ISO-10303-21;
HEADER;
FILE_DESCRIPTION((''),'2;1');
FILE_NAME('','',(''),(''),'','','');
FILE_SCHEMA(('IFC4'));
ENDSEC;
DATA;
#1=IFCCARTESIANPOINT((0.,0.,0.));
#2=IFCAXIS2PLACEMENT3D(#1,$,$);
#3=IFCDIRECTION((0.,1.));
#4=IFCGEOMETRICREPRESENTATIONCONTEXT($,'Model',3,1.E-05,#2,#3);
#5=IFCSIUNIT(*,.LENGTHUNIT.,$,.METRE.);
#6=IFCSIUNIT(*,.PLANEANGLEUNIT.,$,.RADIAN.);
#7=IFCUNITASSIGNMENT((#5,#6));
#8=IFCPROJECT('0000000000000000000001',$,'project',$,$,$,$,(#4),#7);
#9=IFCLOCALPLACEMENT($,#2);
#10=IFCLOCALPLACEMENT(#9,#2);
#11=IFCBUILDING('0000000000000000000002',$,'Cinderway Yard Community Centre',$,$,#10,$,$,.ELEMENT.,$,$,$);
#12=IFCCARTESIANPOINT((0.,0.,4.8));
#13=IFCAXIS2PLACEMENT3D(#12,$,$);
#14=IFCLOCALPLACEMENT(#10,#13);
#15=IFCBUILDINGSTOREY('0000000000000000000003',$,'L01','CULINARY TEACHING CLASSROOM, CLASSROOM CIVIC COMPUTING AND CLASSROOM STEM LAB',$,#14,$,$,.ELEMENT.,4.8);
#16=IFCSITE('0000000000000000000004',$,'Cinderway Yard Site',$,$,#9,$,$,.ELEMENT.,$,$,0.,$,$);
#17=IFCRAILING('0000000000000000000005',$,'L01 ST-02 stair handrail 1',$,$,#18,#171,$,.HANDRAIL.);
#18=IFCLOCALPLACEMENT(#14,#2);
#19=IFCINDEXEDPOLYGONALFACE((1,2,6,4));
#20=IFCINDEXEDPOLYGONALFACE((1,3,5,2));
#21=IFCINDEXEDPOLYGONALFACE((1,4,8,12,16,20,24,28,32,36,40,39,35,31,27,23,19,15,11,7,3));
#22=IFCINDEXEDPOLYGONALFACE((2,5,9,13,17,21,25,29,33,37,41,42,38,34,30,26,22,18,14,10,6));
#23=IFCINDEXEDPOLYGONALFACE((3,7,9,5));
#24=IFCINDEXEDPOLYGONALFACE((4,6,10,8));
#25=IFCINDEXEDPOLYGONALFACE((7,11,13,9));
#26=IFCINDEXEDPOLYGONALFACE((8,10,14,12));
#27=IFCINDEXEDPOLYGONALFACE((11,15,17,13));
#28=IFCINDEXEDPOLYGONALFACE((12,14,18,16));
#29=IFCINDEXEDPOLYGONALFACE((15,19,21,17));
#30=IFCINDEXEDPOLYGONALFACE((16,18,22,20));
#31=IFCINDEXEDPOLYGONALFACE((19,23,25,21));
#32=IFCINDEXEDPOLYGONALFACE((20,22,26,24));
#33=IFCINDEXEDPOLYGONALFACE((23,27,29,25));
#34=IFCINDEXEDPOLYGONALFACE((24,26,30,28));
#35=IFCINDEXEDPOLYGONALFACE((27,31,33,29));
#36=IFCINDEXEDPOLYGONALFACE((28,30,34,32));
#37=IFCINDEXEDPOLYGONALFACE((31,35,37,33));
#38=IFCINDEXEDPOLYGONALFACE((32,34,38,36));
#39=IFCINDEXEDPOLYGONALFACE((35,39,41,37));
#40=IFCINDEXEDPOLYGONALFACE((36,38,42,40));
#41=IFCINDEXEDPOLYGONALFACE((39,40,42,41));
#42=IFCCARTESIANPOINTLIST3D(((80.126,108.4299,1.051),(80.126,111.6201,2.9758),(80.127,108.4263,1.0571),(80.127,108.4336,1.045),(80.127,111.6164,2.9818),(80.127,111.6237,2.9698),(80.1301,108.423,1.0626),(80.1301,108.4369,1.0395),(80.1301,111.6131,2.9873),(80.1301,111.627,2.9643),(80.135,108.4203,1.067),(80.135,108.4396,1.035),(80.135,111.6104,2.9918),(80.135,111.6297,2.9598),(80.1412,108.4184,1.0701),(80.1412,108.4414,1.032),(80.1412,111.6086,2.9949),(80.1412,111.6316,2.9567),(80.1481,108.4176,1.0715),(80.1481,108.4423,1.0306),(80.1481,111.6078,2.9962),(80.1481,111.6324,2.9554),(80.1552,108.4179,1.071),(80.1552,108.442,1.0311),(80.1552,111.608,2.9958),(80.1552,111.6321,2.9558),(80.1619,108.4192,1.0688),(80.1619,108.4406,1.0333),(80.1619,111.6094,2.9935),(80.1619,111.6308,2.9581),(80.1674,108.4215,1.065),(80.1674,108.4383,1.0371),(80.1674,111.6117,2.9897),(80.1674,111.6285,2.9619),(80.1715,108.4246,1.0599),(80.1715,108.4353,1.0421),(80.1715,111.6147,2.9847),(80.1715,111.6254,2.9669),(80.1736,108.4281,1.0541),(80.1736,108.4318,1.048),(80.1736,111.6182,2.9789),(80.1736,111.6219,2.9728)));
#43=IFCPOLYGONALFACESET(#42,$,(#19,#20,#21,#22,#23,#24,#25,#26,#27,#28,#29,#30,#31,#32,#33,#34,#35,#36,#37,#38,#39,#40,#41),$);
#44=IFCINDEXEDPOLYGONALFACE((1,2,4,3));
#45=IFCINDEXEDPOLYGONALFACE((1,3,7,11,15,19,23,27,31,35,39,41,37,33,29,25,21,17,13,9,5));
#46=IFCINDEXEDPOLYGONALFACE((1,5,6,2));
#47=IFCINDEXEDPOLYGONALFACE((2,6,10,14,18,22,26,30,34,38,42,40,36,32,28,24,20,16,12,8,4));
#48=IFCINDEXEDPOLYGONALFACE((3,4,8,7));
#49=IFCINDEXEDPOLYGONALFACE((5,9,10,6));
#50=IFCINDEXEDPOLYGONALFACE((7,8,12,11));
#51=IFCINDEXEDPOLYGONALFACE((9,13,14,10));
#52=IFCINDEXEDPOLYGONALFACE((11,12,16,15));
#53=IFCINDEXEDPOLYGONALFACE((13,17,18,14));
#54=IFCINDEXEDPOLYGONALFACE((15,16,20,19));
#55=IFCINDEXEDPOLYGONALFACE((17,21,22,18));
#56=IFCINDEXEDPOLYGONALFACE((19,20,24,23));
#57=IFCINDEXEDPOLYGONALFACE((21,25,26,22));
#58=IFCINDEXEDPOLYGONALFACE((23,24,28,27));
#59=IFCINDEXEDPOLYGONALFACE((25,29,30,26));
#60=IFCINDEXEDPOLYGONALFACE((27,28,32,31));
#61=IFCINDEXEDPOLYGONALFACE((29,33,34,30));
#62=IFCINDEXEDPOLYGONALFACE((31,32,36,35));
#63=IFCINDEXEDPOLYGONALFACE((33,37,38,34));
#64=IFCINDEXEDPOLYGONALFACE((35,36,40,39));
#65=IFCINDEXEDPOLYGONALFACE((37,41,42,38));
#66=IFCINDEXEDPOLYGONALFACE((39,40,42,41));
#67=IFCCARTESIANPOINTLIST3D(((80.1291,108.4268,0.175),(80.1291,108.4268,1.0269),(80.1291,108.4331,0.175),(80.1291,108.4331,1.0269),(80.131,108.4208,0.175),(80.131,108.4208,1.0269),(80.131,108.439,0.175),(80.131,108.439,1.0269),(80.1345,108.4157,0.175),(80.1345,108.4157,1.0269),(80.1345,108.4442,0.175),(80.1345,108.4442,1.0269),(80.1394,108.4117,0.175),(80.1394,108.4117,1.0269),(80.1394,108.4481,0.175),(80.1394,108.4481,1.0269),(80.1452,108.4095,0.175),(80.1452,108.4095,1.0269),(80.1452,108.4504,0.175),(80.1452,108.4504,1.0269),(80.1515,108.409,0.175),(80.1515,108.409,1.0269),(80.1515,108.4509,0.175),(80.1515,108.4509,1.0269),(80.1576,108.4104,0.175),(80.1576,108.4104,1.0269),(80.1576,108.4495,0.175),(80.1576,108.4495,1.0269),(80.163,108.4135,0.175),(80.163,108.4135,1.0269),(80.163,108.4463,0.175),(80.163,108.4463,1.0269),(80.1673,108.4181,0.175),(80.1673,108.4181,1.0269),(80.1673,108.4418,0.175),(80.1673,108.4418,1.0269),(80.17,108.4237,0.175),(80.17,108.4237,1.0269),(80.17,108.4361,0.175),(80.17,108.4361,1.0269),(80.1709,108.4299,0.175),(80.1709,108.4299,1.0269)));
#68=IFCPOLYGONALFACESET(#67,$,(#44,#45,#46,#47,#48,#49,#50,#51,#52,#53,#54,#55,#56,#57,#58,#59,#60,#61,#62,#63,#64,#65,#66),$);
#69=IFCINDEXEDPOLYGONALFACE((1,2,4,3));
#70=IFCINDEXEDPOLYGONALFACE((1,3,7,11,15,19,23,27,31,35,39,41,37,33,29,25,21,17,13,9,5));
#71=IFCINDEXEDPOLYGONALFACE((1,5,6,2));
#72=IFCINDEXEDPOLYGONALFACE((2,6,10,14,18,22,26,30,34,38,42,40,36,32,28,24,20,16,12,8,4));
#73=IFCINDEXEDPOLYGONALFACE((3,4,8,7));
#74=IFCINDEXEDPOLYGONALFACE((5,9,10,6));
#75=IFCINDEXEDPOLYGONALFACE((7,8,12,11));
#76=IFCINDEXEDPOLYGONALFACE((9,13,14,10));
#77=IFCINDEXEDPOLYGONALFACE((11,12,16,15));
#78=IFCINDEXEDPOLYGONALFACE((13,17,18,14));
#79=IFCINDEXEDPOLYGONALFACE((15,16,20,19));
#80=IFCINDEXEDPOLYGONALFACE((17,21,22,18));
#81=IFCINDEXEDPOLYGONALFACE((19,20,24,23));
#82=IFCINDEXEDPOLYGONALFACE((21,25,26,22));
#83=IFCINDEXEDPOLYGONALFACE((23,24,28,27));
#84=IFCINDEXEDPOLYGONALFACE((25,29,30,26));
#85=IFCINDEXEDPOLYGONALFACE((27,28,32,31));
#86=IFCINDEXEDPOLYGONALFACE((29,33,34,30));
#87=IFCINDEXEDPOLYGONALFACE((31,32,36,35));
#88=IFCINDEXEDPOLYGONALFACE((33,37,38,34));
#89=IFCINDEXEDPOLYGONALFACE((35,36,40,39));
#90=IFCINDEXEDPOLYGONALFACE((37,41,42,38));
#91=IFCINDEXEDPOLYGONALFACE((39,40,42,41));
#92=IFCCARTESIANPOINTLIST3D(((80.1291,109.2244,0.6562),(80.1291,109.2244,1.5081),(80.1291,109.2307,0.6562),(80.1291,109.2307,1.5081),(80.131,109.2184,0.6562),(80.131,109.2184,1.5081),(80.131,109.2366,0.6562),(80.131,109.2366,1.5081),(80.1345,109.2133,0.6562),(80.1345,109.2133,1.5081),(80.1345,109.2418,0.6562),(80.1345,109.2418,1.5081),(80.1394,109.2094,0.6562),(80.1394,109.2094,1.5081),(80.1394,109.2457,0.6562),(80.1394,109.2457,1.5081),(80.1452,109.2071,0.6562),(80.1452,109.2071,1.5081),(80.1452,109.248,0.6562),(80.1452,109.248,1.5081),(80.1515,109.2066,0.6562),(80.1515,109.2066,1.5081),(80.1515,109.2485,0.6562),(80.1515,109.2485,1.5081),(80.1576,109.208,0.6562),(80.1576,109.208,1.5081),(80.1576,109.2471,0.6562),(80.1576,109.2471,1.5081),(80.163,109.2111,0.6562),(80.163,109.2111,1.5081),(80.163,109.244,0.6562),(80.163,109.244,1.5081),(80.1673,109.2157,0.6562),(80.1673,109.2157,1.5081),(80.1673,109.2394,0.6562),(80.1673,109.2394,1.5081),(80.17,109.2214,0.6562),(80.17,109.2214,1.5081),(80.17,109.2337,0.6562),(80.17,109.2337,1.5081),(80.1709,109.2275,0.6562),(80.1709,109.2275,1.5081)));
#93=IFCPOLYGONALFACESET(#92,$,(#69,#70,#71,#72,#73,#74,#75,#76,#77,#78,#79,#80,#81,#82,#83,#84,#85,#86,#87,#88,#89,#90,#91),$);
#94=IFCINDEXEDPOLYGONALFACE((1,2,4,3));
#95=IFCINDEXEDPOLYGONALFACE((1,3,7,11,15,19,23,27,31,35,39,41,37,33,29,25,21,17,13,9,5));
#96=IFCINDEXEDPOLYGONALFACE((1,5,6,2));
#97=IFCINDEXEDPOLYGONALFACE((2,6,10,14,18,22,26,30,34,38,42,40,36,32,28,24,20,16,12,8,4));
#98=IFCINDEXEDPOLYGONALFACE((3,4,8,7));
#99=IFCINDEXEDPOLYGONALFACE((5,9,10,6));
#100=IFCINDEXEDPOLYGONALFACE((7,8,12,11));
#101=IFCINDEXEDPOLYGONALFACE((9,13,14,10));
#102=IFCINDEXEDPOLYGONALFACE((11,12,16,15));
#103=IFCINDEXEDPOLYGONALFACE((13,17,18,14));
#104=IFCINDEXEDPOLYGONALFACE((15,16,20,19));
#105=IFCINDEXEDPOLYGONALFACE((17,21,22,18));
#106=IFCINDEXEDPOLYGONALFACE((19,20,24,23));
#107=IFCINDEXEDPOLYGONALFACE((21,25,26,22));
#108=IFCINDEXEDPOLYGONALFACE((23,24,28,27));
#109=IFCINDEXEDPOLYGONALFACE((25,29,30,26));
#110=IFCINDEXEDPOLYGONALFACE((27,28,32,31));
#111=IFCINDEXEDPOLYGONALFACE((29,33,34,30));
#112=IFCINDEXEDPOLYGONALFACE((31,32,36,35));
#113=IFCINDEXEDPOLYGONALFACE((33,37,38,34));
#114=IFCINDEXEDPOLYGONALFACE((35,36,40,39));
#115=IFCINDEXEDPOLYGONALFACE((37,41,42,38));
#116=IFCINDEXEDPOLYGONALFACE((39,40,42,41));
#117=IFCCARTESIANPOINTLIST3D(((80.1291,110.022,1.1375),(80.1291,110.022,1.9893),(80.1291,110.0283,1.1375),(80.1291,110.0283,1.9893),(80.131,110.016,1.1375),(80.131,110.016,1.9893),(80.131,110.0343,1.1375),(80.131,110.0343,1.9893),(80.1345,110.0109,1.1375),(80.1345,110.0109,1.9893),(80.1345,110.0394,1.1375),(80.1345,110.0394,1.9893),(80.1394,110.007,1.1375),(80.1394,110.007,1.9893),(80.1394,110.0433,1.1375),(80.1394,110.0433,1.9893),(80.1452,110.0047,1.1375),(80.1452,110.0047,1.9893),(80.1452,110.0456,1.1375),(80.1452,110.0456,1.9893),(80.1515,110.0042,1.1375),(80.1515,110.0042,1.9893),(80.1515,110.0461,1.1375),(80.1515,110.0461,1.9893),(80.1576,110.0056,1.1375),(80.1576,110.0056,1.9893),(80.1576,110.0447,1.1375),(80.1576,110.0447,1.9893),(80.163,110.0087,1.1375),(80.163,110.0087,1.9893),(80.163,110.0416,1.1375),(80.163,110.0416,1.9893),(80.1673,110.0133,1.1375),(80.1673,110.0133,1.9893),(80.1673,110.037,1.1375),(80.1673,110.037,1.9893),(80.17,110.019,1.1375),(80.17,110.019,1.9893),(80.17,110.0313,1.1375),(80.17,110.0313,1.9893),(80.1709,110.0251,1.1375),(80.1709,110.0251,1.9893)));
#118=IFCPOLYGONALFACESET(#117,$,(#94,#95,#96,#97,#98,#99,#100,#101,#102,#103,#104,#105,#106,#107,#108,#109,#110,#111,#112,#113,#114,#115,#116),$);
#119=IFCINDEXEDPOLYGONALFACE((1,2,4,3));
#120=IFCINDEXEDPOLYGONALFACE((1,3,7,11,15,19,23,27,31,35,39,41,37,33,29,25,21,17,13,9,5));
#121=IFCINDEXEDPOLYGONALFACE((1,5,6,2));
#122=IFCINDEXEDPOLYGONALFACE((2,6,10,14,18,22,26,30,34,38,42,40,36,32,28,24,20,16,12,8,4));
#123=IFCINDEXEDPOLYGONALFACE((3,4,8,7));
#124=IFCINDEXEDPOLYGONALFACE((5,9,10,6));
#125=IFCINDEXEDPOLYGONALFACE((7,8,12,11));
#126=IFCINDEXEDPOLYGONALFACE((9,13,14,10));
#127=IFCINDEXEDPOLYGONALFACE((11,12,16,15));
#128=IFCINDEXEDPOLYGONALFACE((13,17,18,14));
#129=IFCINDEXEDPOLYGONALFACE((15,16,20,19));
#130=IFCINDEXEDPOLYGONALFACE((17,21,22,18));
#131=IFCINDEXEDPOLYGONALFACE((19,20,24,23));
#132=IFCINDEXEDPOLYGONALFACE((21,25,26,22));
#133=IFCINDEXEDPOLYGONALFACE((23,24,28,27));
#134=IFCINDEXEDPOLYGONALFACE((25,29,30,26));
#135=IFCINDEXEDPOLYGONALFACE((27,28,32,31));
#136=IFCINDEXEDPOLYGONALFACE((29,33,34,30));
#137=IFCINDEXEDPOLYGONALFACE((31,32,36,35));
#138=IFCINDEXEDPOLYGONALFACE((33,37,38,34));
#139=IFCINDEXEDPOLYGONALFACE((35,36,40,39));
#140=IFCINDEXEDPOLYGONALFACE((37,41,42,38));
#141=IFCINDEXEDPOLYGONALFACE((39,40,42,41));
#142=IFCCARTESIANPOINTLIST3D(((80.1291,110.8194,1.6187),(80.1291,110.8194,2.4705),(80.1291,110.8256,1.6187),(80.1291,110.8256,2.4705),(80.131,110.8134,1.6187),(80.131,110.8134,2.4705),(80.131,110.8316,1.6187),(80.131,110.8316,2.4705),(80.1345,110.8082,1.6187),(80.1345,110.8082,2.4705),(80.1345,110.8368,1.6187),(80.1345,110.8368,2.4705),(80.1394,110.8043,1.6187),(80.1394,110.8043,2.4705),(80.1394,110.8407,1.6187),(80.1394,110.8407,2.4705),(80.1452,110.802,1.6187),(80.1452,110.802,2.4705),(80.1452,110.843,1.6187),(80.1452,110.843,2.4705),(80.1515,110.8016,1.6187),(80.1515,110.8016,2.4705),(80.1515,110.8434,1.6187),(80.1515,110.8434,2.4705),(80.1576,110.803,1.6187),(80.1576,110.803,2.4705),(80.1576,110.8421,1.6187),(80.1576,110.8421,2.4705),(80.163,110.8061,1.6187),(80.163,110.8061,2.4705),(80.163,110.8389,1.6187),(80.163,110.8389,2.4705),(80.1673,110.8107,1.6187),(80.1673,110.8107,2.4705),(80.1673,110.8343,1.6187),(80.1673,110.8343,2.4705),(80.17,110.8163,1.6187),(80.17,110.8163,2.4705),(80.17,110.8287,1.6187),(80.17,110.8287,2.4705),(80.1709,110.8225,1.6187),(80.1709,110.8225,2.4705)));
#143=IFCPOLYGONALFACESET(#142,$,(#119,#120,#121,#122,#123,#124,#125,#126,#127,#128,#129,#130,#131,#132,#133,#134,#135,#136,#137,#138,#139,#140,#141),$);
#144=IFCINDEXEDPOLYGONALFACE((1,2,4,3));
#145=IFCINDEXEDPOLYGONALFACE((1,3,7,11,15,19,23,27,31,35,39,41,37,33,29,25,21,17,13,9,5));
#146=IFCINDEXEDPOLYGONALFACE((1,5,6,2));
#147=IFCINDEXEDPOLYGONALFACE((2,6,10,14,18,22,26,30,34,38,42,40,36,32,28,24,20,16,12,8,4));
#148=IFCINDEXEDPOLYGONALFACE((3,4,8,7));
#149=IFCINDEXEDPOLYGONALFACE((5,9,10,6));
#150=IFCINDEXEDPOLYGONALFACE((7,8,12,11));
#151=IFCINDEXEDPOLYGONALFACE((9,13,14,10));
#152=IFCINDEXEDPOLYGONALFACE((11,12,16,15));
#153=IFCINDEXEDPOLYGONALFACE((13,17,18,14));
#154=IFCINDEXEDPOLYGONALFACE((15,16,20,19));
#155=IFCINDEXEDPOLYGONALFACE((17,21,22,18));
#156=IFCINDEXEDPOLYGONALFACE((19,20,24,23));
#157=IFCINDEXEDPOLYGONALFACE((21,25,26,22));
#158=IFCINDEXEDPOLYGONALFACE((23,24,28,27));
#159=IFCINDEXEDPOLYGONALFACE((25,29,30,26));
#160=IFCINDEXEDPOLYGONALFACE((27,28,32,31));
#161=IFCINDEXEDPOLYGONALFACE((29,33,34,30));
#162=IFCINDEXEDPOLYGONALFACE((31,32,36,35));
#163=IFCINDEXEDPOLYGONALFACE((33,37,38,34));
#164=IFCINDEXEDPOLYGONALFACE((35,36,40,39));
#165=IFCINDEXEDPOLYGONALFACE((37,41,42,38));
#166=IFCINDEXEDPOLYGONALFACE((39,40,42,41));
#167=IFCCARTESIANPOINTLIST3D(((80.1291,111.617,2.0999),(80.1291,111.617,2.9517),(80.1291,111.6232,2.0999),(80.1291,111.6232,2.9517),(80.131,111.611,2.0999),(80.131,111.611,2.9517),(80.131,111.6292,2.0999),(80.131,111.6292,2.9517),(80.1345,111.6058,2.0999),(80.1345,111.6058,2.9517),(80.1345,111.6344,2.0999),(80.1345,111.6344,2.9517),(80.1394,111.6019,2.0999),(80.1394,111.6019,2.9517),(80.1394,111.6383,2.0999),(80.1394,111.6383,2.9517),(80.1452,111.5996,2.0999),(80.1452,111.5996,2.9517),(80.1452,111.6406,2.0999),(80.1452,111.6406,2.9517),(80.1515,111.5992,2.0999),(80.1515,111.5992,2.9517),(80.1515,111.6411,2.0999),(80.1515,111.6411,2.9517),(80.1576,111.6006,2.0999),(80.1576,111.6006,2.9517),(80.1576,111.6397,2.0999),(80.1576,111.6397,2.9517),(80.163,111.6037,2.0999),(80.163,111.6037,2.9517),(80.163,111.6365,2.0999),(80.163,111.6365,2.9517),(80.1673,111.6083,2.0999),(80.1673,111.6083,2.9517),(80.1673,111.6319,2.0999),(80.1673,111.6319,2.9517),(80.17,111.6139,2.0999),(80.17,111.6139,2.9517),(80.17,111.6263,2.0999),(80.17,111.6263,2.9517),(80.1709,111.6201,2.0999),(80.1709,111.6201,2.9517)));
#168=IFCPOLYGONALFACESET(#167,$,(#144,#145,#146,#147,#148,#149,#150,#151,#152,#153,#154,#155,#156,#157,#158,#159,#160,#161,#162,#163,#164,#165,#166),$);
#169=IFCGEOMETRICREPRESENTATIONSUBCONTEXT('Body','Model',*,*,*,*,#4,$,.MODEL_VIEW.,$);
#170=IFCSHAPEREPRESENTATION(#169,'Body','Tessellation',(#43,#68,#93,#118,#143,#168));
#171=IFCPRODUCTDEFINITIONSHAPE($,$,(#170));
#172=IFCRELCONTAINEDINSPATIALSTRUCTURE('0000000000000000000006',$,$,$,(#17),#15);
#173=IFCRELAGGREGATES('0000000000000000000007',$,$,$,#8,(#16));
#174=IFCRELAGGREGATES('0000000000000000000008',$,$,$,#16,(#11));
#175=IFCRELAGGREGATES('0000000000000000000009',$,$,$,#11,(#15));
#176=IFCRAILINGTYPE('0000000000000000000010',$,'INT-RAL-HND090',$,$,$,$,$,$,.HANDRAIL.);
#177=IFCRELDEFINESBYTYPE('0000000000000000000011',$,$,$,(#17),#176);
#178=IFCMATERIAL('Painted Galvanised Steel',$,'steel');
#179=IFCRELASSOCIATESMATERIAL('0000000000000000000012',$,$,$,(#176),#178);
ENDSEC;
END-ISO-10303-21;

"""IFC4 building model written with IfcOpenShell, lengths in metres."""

from ifc_helpers import new_model, si_unit, direction, frame, origin, origin_2d, place, context, subcontext, project, spatial, circle, extrude, material, type_object, element, save


model = new_model("IFC4")

# Units and contexts
model_context = context("Model", 3, precision=1e-05, world=origin(), true_north=direction((0.0, 1.0)))
body_context = subcontext(model_context, "Body", "Model", "MODEL_VIEW")
ifc_project = project(units=[si_unit("LENGTHUNIT", "METRE"), si_unit("PLANEANGLEUNIT", "RADIAN")], contexts=[model_context])

# Site, building, storey
site_placement = place(None, origin())
site = spatial("IfcSite", under=ifc_project, at=site_placement, Name="Cinderway Yard Site", CompositionType="ELEMENT", RefElevation=0.0)
building_placement = place(site_placement, origin())
building = spatial("IfcBuilding", under=site, at=building_placement, Name="Cinderway Yard Community Centre", CompositionType="ELEMENT")
storey_placement = place(building_placement, frame((0.0, 0.0, 4.8)))
storey = spatial("IfcBuildingStorey", under=building, at=storey_placement, Name="L01", Description="CULINARY TEACHING CLASSROOM, CLASSROOM CIVIC COMPUTING AND CLASSROOM STEM LAB", CompositionType="ELEMENT", Elevation=4.8)

# Shared definitions
ifc_material_1 = material(Name="Painted Galvanised Steel", Category="steel")

# Railing
railing_type_1 = type_object("IfcRailingType", Name="INT-RAL-HND090", PredefinedType="HANDRAIL", material=ifc_material_1)
railing_1_placement = place(storey_placement, frame((80.1499, 108.4299, 0.175)))
element("IfcRailing", 1, at=railing_1_placement, inside=storey, type_object=railing_type_1, Name="L01 ST-02 stair handrail 1", PredefinedType="HANDRAIL", context=body_context, shape_type="SweptSolid", body=[
    extrude(circle(Radius=0.0239, at=origin_2d()), frame((0.0, 0.0, 0.876), z_axis=(0.0, 0.856224, 0.516605), x_axis=(-1.0, 0.0, 0.0)), (0.0, 0.0, 1.0), 3.7258),
    extrude(circle(Radius=0.021, at=origin_2d()), origin(), (0.0, 0.0, 1.0), 0.8518),
    extrude(circle(Radius=0.021, at=origin_2d()), frame((0.0, 0.7976, 0.4812)), (0.0, 0.0, 1.0), 0.8518),
    extrude(circle(Radius=0.021, at=origin_2d()), frame((0.0, 1.5952, 0.9624)), (0.0, 0.0, 1.0), 0.8518),
    extrude(circle(Radius=0.021, at=origin_2d()), frame((0.0, 2.3926, 1.4436)), (0.0, 0.0, 1.0), 0.8518),
    extrude(circle(Radius=0.021, at=origin_2d()), frame((0.0, 3.1902, 1.9248)), (0.0, 0.0, 1.0), 0.8518),
])

save(model, "model.ifc")
